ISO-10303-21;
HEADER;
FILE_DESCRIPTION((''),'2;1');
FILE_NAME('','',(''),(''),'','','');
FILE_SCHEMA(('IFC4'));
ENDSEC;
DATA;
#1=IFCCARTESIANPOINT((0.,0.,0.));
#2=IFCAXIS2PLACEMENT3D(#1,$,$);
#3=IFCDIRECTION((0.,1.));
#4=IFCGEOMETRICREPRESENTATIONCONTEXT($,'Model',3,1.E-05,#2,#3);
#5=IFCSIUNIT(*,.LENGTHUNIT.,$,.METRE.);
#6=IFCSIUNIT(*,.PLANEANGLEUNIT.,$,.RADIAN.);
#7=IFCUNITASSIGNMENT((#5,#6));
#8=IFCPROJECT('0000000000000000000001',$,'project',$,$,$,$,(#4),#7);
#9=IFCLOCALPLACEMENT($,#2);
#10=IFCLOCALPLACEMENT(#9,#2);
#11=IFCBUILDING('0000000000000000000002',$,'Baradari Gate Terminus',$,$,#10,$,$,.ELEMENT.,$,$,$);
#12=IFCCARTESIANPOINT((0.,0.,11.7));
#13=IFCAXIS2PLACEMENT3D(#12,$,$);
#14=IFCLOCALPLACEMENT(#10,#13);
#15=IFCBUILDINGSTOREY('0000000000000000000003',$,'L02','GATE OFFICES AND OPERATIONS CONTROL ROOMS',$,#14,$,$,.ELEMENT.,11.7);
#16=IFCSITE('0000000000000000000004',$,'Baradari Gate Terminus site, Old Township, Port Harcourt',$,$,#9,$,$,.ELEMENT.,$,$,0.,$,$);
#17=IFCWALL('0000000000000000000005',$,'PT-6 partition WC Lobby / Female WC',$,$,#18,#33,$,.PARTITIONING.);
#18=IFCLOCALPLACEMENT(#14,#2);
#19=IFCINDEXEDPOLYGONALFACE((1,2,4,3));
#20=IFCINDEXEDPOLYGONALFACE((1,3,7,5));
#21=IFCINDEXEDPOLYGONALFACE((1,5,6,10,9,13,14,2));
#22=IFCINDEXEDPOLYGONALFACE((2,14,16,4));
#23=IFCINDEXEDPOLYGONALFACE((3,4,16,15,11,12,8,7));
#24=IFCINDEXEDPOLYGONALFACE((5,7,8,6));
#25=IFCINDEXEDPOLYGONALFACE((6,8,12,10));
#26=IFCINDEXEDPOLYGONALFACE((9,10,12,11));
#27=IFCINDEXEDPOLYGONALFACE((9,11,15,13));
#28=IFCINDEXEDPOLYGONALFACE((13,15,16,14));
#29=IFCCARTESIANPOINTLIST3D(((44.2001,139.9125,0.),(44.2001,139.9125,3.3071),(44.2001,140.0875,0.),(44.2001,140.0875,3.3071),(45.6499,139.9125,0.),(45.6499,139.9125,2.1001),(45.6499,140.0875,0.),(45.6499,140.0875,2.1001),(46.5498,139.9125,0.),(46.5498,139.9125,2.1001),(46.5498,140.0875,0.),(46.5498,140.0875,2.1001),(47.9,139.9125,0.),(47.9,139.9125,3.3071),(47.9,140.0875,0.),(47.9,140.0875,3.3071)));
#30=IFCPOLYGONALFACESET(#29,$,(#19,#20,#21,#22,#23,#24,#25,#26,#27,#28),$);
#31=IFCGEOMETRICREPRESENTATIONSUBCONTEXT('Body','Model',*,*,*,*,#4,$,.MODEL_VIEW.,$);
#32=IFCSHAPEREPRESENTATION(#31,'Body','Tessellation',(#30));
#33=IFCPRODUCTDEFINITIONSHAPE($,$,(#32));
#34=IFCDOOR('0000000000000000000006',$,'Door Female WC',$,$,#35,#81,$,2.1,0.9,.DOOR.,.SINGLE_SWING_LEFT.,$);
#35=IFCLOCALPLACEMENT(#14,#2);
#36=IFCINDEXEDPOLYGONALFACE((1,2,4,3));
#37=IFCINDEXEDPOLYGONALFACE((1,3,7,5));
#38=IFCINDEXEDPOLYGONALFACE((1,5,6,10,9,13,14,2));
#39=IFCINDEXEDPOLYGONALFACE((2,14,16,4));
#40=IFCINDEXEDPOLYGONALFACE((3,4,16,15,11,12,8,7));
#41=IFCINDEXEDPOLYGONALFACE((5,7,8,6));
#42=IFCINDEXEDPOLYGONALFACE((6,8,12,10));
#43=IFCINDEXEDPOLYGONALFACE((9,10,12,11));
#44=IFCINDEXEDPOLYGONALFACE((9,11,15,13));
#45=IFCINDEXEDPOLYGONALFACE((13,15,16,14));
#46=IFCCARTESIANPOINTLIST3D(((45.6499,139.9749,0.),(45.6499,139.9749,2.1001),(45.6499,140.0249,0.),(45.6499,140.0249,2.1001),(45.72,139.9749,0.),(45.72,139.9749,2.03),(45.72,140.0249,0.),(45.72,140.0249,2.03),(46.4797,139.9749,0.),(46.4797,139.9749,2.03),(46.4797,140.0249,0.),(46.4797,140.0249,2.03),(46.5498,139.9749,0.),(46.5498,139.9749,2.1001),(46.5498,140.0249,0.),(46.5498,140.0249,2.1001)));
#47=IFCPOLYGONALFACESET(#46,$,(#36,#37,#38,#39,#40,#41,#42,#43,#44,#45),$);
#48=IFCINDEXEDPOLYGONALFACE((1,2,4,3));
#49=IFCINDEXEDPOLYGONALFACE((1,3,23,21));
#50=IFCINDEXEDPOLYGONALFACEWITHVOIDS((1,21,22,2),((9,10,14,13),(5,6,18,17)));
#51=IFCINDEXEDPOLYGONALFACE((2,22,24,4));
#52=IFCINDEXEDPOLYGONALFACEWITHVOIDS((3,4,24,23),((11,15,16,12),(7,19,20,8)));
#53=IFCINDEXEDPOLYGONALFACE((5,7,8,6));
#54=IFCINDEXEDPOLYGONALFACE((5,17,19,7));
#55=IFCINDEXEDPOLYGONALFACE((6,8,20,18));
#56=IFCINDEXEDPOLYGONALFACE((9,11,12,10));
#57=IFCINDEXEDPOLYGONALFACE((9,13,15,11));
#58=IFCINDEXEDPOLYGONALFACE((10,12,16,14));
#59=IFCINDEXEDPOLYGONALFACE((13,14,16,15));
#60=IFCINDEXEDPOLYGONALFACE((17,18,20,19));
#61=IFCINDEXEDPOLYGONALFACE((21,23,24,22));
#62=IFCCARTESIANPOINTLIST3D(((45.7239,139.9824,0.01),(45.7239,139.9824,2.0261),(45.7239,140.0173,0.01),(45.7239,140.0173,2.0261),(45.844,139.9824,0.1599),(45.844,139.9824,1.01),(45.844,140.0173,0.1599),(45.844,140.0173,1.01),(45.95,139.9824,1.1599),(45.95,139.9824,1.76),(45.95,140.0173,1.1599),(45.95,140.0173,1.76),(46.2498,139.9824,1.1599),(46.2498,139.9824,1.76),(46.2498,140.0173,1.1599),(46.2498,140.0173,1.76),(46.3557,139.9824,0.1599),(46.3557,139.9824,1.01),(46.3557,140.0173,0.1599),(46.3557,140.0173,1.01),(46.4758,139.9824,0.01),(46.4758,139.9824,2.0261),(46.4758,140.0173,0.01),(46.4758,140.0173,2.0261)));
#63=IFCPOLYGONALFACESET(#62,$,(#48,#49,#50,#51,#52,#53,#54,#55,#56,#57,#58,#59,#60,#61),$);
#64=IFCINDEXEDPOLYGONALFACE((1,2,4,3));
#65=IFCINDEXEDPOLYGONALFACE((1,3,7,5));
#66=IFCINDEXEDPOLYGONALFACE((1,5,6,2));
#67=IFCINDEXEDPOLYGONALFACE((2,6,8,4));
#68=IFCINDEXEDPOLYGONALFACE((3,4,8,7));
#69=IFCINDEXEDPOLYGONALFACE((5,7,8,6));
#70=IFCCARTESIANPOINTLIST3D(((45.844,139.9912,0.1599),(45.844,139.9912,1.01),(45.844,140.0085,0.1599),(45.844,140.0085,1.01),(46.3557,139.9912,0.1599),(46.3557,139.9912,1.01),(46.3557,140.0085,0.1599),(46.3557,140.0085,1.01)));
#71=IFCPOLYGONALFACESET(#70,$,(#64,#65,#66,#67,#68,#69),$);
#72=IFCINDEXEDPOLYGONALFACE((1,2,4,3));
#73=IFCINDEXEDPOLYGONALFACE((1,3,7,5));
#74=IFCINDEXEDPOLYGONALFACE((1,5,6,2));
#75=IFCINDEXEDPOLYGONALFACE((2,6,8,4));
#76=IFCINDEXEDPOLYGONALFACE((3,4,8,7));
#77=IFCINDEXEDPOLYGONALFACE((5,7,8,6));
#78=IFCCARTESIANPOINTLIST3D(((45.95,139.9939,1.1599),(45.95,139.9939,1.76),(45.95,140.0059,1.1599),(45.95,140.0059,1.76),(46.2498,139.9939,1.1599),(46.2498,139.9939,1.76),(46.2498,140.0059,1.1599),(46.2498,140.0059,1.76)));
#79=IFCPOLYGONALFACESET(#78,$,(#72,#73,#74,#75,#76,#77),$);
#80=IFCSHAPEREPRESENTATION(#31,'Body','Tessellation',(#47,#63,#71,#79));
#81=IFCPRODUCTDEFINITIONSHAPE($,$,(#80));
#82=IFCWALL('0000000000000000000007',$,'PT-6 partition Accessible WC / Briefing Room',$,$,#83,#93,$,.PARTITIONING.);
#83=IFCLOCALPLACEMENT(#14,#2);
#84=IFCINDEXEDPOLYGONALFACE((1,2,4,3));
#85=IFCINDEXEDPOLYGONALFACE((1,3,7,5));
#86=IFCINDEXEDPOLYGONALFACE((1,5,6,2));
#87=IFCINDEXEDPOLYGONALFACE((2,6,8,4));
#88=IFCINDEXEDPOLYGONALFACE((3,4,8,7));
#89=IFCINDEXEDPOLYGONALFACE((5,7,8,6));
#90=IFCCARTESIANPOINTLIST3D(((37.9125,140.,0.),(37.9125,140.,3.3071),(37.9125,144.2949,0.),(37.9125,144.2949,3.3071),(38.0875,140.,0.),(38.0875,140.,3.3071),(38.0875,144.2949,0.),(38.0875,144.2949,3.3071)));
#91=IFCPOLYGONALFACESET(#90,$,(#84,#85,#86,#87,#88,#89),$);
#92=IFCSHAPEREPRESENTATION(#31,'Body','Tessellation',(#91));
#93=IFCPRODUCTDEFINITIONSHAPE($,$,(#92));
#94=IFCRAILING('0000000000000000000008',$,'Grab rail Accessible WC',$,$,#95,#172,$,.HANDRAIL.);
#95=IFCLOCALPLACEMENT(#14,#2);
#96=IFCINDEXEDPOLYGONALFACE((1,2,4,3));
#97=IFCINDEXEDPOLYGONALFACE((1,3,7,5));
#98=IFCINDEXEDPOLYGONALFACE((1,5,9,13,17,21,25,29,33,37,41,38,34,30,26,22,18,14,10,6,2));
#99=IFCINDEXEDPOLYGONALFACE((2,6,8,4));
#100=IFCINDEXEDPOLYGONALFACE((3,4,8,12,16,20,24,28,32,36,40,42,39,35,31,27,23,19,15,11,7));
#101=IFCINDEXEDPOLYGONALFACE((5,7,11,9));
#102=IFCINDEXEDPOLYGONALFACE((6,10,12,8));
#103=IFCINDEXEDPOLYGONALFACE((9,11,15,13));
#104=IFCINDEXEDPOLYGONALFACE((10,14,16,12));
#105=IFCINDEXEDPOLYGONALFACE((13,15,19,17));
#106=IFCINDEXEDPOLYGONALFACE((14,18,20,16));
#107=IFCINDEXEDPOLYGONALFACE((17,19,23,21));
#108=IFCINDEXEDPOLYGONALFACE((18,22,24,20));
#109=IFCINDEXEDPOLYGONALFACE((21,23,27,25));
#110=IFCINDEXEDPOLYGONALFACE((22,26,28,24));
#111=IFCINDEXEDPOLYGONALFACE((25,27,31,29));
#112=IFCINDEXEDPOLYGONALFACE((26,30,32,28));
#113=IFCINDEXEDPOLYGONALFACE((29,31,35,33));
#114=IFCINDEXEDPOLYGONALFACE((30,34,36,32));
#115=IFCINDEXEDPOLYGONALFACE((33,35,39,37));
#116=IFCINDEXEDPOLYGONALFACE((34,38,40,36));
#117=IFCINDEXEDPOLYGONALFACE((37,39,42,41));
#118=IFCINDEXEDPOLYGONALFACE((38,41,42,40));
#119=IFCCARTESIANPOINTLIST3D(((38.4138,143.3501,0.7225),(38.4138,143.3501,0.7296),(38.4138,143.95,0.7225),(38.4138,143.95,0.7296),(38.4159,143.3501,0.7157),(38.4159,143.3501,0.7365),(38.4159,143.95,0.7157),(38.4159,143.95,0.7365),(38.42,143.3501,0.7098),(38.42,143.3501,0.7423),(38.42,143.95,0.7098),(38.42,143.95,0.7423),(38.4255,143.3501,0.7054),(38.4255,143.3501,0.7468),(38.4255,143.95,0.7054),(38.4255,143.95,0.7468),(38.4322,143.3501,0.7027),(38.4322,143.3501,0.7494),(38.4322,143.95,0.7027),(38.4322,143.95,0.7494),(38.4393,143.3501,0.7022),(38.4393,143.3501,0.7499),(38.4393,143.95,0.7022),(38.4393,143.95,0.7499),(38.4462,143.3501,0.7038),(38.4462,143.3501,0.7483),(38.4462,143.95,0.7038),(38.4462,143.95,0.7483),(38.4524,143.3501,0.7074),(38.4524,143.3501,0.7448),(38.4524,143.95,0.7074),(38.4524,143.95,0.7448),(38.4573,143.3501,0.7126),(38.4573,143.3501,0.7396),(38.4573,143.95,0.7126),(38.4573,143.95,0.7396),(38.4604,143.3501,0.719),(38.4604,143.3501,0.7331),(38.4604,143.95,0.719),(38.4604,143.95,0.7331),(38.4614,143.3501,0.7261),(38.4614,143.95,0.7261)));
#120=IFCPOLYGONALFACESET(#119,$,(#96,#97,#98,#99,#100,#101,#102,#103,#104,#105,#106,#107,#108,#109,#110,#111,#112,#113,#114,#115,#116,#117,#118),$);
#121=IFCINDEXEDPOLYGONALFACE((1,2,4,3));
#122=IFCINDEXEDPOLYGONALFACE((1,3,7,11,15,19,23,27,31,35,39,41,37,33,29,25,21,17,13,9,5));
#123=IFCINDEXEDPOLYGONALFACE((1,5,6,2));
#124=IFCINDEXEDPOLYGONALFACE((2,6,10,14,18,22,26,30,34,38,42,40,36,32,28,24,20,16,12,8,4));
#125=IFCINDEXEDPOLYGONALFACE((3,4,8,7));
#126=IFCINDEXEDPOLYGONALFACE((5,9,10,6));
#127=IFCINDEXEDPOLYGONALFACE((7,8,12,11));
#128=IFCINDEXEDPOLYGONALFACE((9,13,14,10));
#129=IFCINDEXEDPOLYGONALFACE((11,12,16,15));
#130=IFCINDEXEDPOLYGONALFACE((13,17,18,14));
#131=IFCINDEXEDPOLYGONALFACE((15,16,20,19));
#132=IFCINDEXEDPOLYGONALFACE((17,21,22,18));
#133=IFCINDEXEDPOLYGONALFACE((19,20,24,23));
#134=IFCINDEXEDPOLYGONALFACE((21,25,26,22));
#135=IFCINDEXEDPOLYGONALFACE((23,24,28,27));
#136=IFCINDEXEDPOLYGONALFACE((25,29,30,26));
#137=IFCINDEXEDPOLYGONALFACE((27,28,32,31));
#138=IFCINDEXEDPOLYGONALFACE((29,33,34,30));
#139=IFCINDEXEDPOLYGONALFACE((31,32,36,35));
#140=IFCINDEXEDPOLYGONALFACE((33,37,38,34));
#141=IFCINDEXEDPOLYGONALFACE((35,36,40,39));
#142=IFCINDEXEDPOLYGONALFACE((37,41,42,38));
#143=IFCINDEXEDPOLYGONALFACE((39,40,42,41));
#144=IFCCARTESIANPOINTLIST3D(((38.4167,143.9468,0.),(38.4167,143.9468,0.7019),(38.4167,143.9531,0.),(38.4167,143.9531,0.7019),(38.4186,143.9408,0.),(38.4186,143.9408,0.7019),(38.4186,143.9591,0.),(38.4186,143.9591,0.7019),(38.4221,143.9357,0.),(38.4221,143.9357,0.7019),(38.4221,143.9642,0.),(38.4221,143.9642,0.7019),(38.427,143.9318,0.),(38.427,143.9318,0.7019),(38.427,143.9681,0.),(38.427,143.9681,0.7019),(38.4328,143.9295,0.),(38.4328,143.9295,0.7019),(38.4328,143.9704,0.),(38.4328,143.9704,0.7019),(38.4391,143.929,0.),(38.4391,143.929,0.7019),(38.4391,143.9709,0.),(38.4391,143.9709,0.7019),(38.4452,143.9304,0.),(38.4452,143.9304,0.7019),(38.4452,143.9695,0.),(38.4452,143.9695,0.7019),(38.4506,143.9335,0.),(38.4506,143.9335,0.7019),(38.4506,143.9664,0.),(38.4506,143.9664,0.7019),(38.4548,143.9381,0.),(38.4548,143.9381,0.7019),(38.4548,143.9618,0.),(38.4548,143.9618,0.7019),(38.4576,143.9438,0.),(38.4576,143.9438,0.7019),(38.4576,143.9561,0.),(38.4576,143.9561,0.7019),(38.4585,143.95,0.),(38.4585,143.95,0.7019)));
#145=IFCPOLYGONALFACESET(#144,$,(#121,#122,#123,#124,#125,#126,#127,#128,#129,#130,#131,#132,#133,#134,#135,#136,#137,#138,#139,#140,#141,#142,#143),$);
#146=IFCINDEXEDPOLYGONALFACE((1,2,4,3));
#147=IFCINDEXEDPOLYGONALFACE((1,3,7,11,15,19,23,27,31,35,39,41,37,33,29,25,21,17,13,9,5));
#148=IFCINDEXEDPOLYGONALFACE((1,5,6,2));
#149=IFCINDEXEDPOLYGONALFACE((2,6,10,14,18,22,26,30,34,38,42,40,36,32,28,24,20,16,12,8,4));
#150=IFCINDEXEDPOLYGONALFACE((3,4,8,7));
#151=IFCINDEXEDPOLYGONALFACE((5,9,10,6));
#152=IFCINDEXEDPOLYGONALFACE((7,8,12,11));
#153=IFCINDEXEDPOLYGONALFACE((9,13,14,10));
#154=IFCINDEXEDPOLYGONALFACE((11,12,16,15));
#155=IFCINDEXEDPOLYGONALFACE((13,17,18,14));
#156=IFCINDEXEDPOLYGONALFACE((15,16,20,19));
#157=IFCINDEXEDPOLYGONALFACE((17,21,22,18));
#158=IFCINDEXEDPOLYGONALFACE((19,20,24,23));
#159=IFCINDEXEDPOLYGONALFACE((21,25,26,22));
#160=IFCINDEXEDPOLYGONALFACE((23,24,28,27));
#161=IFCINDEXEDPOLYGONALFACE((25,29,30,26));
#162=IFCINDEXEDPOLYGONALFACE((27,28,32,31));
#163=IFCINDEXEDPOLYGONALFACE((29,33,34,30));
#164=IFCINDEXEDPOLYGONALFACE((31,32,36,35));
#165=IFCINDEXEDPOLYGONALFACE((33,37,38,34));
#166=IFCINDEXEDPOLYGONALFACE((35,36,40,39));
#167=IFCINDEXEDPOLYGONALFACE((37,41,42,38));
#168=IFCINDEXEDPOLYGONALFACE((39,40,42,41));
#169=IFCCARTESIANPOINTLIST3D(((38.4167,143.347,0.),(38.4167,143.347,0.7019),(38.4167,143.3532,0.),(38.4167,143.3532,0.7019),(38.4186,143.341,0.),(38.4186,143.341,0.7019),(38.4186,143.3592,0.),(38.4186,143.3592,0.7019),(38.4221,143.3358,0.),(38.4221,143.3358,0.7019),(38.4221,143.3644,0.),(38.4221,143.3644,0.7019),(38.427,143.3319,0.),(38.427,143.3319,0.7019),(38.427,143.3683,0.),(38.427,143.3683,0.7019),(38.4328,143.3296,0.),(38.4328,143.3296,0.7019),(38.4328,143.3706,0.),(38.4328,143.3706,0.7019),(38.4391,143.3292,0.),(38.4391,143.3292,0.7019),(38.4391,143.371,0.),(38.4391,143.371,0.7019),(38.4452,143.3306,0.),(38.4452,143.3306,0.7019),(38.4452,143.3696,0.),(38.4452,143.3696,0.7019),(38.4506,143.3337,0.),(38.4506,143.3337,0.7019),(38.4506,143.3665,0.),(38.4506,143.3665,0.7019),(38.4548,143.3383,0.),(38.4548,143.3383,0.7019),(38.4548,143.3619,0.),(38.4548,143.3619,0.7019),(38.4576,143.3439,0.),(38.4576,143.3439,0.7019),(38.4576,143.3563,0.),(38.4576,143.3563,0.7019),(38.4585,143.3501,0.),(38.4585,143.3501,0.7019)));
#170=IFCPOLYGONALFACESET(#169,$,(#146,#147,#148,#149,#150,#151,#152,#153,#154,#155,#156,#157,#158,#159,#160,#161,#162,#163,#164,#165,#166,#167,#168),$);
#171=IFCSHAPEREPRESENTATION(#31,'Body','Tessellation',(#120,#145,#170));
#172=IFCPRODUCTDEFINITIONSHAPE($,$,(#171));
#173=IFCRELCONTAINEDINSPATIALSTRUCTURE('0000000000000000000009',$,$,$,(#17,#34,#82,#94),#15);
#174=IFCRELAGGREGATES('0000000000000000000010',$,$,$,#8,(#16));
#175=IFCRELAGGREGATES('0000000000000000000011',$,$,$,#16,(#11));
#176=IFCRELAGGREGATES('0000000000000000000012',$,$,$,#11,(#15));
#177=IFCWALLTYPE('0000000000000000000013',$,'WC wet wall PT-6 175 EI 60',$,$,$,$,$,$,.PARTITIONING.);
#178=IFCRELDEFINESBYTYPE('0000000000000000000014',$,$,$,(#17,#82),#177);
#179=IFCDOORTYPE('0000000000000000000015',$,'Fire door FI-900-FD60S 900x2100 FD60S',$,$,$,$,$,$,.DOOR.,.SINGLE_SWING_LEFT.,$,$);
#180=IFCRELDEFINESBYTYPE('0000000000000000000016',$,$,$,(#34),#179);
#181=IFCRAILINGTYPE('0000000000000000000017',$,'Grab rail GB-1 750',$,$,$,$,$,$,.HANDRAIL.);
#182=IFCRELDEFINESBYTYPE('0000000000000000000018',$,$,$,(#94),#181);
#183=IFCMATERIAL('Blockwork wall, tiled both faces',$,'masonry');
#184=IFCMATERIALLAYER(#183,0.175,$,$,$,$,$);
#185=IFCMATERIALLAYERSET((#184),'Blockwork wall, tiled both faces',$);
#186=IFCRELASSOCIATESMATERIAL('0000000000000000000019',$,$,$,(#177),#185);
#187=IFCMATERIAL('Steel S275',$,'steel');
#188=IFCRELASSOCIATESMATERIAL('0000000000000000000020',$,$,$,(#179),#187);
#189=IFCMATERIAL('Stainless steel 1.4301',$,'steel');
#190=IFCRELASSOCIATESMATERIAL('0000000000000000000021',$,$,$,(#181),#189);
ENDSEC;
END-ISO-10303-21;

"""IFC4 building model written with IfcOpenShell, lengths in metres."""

from ifc_helpers import new_model, si_unit, direction, frame, frame_2d, origin, origin_2d, place, context, subcontext, project, spatial, polyline, rectangle, circle, outline, extrude, material, layer, layer_set, type_object, element, fill, save


model = new_model("IFC4")

# Units and contexts
model_context = context("Model", 3, precision=1e-05, world=origin(), true_north=direction((0.0, 1.0)))
body_context = subcontext(model_context, "Body", "Model", "MODEL_VIEW")
ifc_project = project(units=[si_unit("LENGTHUNIT", "METRE"), si_unit("PLANEANGLEUNIT", "RADIAN")], contexts=[model_context])

# Site, building, storey
site_placement = place(None, origin())
site = spatial("IfcSite", under=ifc_project, at=site_placement, Name="Baradari Gate Terminus site, Old Township, Port Harcourt", CompositionType="ELEMENT", RefElevation=0.0)
building_placement = place(site_placement, origin())
building = spatial("IfcBuilding", under=site, at=building_placement, Name="Baradari Gate Terminus", CompositionType="ELEMENT")
storey_placement = place(building_placement, frame((0.0, 0.0, 11.7)))
storey = spatial("IfcBuildingStorey", under=building, at=storey_placement, Name="L02", Description="GATE OFFICES AND OPERATIONS CONTROL ROOMS", CompositionType="ELEMENT", Elevation=11.7)

# Wall, opening, door
ifc_material_1 = material(Name="Blockwork wall, tiled both faces", Category="masonry")
ifc_layer_1 = layer(ifc_material_1, 0.175)
ifc_layer_set_1 = layer_set([ifc_layer_1], Name="Blockwork wall, tiled both faces")
wall_type_1 = type_object("IfcWallType", Name="WC wet wall PT-6 175 EI 60", PredefinedType="PARTITIONING", material=ifc_layer_set_1)
ifc_material_2 = material(Name="Steel S275", Category="steel")
door_type_1 = type_object("IfcDoorType", Name="Fire door FI-900-FD60S 900x2100 FD60S", OperationType="SINGLE_SWING_LEFT", PredefinedType="DOOR", material=ifc_material_2)
wall_1_placement = place(storey_placement, frame((44.2, 140.0, 0.0), z_axis=(0.0, 0.0, 1.0), x_axis=(1.0, 0.0, 0.0)))
wall_1 = element("IfcWall", 1, at=wall_1_placement, inside=storey, type_object=wall_type_1, Name="PT-6 partition WC Lobby / Female WC", PredefinedType="PARTITIONING", context=body_context, shape_type="SweptSolid", body=[
    extrude(rectangle(XDim=3.7, YDim=0.175, at=frame_2d((1.8501, 0.0))), origin(), (0.0, 0.0, 1.0), 3.3071),
])
opening_1_placement = place(wall_1_placement, frame((1.45, 0.0, 0.0)))
opening_1 = element("IfcOpeningElement", 2, at=opening_1_placement, cuts=wall_1, PredefinedType="OPENING", context=body_context, shape_type="SweptSolid", body=[
    extrude(rectangle(XDim=0.8999, YDim=2.1001, at=frame_2d((0.45, 1.05))), frame((0.0, 0.0974, 0.0), z_axis=(0.0, -1.0, 0.0), x_axis=(1.0, 0.0, 0.0)), (0.0, 0.0, 1.0), 0.1951),
])
door_1_placement = place(opening_1_placement, origin())
door_1 = element("IfcDoor", 3, at=door_1_placement, inside=storey, type_object=door_type_1, Name="Door Female WC", OperationType="SINGLE_SWING_LEFT", OverallHeight=2.1, OverallWidth=0.9, PredefinedType="DOOR", context=body_context, shape_type="SweptSolid", body=[
    extrude(outline(polyline([(0.0, 0.0), (0.0701, 0.0), (0.0701, 2.03), (0.8298, 2.03), (0.8298, 0.0), (0.8999, 0.0), (0.8999, 2.1001), (0.0, 2.1001), (0.0, 0.0)])), frame((0.0, 0.0249, 0.0), z_axis=(0.0, -1.0, 0.0), x_axis=(1.0, 0.0, 0.0)), (0.0, 0.0, 1.0), 0.05),
    extrude(outline(polyline([(0.074, 0.01), (0.8259, 0.01), (0.8259, 2.0261), (0.074, 2.0261), (0.074, 0.01)]), holes=[polyline([(0.1941, 0.1599), (0.7058, 0.1599), (0.7058, 1.01), (0.1941, 1.01), (0.1941, 0.1599)]), polyline([(0.3, 1.1599), (0.5999, 1.1599), (0.5999, 1.76), (0.3, 1.76), (0.3, 1.1599)])]), frame((0.0, 0.0173, 0.0), z_axis=(0.0, -1.0, 0.0), x_axis=(1.0, 0.0, 0.0)), (0.0, 0.0, 1.0), 0.0349),
    extrude(rectangle(XDim=0.5117, YDim=0.8501, at=frame_2d((0.45, 0.585))), frame((0.0, 0.0085, 0.0), z_axis=(0.0, -1.0, 0.0), x_axis=(1.0, 0.0, 0.0)), (0.0, 0.0, 1.0), 0.0173),
    extrude(rectangle(XDim=0.2998, YDim=0.6001, at=frame_2d((0.45, 1.46))), frame((0.0, 0.0059, 0.0), z_axis=(0.0, -1.0, 0.0), x_axis=(1.0, 0.0, 0.0)), (0.0, 0.0, 1.0), 0.012),
])
fill(opening_1, door_1)

# Wall
wall_2_placement = place(storey_placement, frame((38.0, 140.0, 0.0), z_axis=(0.0, 0.0, 1.0), x_axis=(0.0, 1.0, 0.0)))
element("IfcWall", 4, at=wall_2_placement, inside=storey, type_object=wall_type_1, Name="PT-6 partition Accessible WC / Briefing Room", PredefinedType="PARTITIONING", context=body_context, shape_type="SweptSolid", body=[
    extrude(rectangle(XDim=4.2949, YDim=0.175, at=frame_2d((2.1475, 0.0))), origin(), (0.0, 0.0, 1.0), 3.3071),
])

# Railing
ifc_material_3 = material(Name="Stainless steel 1.4301", Category="steel")
railing_type = type_object("IfcRailingType", Name="Grab rail GB-1 750", PredefinedType="HANDRAIL", material=ifc_material_3)
for number, where, name in (
    (5, (38.4375, 143.95, 0.0), "Grab rail Accessible WC"),
):
    element("IfcRailing", number, at=place(storey_placement, frame(where)), inside=storey, type_object=railing_type, Name=name, PredefinedType="HANDRAIL", context=body_context, shape_type="SweptSolid", body=[
        extrude(circle(Radius=0.0239, at=origin_2d()), frame((0.0, 0.0, 0.7261), z_axis=(0.0, -1.0, 0.0), x_axis=(1.0, 0.0, 0.0)), (0.0, 0.0, 1.0), 0.5999),
        extrude(circle(Radius=0.021, at=origin_2d()), origin(), (0.0, 0.0, 1.0), 0.7019),
        extrude(circle(Radius=0.021, at=origin_2d()), frame((0.0, -0.5999, 0.0)), (0.0, 0.0, 1.0), 0.7019),
    ])

save(model, "model.ifc")
